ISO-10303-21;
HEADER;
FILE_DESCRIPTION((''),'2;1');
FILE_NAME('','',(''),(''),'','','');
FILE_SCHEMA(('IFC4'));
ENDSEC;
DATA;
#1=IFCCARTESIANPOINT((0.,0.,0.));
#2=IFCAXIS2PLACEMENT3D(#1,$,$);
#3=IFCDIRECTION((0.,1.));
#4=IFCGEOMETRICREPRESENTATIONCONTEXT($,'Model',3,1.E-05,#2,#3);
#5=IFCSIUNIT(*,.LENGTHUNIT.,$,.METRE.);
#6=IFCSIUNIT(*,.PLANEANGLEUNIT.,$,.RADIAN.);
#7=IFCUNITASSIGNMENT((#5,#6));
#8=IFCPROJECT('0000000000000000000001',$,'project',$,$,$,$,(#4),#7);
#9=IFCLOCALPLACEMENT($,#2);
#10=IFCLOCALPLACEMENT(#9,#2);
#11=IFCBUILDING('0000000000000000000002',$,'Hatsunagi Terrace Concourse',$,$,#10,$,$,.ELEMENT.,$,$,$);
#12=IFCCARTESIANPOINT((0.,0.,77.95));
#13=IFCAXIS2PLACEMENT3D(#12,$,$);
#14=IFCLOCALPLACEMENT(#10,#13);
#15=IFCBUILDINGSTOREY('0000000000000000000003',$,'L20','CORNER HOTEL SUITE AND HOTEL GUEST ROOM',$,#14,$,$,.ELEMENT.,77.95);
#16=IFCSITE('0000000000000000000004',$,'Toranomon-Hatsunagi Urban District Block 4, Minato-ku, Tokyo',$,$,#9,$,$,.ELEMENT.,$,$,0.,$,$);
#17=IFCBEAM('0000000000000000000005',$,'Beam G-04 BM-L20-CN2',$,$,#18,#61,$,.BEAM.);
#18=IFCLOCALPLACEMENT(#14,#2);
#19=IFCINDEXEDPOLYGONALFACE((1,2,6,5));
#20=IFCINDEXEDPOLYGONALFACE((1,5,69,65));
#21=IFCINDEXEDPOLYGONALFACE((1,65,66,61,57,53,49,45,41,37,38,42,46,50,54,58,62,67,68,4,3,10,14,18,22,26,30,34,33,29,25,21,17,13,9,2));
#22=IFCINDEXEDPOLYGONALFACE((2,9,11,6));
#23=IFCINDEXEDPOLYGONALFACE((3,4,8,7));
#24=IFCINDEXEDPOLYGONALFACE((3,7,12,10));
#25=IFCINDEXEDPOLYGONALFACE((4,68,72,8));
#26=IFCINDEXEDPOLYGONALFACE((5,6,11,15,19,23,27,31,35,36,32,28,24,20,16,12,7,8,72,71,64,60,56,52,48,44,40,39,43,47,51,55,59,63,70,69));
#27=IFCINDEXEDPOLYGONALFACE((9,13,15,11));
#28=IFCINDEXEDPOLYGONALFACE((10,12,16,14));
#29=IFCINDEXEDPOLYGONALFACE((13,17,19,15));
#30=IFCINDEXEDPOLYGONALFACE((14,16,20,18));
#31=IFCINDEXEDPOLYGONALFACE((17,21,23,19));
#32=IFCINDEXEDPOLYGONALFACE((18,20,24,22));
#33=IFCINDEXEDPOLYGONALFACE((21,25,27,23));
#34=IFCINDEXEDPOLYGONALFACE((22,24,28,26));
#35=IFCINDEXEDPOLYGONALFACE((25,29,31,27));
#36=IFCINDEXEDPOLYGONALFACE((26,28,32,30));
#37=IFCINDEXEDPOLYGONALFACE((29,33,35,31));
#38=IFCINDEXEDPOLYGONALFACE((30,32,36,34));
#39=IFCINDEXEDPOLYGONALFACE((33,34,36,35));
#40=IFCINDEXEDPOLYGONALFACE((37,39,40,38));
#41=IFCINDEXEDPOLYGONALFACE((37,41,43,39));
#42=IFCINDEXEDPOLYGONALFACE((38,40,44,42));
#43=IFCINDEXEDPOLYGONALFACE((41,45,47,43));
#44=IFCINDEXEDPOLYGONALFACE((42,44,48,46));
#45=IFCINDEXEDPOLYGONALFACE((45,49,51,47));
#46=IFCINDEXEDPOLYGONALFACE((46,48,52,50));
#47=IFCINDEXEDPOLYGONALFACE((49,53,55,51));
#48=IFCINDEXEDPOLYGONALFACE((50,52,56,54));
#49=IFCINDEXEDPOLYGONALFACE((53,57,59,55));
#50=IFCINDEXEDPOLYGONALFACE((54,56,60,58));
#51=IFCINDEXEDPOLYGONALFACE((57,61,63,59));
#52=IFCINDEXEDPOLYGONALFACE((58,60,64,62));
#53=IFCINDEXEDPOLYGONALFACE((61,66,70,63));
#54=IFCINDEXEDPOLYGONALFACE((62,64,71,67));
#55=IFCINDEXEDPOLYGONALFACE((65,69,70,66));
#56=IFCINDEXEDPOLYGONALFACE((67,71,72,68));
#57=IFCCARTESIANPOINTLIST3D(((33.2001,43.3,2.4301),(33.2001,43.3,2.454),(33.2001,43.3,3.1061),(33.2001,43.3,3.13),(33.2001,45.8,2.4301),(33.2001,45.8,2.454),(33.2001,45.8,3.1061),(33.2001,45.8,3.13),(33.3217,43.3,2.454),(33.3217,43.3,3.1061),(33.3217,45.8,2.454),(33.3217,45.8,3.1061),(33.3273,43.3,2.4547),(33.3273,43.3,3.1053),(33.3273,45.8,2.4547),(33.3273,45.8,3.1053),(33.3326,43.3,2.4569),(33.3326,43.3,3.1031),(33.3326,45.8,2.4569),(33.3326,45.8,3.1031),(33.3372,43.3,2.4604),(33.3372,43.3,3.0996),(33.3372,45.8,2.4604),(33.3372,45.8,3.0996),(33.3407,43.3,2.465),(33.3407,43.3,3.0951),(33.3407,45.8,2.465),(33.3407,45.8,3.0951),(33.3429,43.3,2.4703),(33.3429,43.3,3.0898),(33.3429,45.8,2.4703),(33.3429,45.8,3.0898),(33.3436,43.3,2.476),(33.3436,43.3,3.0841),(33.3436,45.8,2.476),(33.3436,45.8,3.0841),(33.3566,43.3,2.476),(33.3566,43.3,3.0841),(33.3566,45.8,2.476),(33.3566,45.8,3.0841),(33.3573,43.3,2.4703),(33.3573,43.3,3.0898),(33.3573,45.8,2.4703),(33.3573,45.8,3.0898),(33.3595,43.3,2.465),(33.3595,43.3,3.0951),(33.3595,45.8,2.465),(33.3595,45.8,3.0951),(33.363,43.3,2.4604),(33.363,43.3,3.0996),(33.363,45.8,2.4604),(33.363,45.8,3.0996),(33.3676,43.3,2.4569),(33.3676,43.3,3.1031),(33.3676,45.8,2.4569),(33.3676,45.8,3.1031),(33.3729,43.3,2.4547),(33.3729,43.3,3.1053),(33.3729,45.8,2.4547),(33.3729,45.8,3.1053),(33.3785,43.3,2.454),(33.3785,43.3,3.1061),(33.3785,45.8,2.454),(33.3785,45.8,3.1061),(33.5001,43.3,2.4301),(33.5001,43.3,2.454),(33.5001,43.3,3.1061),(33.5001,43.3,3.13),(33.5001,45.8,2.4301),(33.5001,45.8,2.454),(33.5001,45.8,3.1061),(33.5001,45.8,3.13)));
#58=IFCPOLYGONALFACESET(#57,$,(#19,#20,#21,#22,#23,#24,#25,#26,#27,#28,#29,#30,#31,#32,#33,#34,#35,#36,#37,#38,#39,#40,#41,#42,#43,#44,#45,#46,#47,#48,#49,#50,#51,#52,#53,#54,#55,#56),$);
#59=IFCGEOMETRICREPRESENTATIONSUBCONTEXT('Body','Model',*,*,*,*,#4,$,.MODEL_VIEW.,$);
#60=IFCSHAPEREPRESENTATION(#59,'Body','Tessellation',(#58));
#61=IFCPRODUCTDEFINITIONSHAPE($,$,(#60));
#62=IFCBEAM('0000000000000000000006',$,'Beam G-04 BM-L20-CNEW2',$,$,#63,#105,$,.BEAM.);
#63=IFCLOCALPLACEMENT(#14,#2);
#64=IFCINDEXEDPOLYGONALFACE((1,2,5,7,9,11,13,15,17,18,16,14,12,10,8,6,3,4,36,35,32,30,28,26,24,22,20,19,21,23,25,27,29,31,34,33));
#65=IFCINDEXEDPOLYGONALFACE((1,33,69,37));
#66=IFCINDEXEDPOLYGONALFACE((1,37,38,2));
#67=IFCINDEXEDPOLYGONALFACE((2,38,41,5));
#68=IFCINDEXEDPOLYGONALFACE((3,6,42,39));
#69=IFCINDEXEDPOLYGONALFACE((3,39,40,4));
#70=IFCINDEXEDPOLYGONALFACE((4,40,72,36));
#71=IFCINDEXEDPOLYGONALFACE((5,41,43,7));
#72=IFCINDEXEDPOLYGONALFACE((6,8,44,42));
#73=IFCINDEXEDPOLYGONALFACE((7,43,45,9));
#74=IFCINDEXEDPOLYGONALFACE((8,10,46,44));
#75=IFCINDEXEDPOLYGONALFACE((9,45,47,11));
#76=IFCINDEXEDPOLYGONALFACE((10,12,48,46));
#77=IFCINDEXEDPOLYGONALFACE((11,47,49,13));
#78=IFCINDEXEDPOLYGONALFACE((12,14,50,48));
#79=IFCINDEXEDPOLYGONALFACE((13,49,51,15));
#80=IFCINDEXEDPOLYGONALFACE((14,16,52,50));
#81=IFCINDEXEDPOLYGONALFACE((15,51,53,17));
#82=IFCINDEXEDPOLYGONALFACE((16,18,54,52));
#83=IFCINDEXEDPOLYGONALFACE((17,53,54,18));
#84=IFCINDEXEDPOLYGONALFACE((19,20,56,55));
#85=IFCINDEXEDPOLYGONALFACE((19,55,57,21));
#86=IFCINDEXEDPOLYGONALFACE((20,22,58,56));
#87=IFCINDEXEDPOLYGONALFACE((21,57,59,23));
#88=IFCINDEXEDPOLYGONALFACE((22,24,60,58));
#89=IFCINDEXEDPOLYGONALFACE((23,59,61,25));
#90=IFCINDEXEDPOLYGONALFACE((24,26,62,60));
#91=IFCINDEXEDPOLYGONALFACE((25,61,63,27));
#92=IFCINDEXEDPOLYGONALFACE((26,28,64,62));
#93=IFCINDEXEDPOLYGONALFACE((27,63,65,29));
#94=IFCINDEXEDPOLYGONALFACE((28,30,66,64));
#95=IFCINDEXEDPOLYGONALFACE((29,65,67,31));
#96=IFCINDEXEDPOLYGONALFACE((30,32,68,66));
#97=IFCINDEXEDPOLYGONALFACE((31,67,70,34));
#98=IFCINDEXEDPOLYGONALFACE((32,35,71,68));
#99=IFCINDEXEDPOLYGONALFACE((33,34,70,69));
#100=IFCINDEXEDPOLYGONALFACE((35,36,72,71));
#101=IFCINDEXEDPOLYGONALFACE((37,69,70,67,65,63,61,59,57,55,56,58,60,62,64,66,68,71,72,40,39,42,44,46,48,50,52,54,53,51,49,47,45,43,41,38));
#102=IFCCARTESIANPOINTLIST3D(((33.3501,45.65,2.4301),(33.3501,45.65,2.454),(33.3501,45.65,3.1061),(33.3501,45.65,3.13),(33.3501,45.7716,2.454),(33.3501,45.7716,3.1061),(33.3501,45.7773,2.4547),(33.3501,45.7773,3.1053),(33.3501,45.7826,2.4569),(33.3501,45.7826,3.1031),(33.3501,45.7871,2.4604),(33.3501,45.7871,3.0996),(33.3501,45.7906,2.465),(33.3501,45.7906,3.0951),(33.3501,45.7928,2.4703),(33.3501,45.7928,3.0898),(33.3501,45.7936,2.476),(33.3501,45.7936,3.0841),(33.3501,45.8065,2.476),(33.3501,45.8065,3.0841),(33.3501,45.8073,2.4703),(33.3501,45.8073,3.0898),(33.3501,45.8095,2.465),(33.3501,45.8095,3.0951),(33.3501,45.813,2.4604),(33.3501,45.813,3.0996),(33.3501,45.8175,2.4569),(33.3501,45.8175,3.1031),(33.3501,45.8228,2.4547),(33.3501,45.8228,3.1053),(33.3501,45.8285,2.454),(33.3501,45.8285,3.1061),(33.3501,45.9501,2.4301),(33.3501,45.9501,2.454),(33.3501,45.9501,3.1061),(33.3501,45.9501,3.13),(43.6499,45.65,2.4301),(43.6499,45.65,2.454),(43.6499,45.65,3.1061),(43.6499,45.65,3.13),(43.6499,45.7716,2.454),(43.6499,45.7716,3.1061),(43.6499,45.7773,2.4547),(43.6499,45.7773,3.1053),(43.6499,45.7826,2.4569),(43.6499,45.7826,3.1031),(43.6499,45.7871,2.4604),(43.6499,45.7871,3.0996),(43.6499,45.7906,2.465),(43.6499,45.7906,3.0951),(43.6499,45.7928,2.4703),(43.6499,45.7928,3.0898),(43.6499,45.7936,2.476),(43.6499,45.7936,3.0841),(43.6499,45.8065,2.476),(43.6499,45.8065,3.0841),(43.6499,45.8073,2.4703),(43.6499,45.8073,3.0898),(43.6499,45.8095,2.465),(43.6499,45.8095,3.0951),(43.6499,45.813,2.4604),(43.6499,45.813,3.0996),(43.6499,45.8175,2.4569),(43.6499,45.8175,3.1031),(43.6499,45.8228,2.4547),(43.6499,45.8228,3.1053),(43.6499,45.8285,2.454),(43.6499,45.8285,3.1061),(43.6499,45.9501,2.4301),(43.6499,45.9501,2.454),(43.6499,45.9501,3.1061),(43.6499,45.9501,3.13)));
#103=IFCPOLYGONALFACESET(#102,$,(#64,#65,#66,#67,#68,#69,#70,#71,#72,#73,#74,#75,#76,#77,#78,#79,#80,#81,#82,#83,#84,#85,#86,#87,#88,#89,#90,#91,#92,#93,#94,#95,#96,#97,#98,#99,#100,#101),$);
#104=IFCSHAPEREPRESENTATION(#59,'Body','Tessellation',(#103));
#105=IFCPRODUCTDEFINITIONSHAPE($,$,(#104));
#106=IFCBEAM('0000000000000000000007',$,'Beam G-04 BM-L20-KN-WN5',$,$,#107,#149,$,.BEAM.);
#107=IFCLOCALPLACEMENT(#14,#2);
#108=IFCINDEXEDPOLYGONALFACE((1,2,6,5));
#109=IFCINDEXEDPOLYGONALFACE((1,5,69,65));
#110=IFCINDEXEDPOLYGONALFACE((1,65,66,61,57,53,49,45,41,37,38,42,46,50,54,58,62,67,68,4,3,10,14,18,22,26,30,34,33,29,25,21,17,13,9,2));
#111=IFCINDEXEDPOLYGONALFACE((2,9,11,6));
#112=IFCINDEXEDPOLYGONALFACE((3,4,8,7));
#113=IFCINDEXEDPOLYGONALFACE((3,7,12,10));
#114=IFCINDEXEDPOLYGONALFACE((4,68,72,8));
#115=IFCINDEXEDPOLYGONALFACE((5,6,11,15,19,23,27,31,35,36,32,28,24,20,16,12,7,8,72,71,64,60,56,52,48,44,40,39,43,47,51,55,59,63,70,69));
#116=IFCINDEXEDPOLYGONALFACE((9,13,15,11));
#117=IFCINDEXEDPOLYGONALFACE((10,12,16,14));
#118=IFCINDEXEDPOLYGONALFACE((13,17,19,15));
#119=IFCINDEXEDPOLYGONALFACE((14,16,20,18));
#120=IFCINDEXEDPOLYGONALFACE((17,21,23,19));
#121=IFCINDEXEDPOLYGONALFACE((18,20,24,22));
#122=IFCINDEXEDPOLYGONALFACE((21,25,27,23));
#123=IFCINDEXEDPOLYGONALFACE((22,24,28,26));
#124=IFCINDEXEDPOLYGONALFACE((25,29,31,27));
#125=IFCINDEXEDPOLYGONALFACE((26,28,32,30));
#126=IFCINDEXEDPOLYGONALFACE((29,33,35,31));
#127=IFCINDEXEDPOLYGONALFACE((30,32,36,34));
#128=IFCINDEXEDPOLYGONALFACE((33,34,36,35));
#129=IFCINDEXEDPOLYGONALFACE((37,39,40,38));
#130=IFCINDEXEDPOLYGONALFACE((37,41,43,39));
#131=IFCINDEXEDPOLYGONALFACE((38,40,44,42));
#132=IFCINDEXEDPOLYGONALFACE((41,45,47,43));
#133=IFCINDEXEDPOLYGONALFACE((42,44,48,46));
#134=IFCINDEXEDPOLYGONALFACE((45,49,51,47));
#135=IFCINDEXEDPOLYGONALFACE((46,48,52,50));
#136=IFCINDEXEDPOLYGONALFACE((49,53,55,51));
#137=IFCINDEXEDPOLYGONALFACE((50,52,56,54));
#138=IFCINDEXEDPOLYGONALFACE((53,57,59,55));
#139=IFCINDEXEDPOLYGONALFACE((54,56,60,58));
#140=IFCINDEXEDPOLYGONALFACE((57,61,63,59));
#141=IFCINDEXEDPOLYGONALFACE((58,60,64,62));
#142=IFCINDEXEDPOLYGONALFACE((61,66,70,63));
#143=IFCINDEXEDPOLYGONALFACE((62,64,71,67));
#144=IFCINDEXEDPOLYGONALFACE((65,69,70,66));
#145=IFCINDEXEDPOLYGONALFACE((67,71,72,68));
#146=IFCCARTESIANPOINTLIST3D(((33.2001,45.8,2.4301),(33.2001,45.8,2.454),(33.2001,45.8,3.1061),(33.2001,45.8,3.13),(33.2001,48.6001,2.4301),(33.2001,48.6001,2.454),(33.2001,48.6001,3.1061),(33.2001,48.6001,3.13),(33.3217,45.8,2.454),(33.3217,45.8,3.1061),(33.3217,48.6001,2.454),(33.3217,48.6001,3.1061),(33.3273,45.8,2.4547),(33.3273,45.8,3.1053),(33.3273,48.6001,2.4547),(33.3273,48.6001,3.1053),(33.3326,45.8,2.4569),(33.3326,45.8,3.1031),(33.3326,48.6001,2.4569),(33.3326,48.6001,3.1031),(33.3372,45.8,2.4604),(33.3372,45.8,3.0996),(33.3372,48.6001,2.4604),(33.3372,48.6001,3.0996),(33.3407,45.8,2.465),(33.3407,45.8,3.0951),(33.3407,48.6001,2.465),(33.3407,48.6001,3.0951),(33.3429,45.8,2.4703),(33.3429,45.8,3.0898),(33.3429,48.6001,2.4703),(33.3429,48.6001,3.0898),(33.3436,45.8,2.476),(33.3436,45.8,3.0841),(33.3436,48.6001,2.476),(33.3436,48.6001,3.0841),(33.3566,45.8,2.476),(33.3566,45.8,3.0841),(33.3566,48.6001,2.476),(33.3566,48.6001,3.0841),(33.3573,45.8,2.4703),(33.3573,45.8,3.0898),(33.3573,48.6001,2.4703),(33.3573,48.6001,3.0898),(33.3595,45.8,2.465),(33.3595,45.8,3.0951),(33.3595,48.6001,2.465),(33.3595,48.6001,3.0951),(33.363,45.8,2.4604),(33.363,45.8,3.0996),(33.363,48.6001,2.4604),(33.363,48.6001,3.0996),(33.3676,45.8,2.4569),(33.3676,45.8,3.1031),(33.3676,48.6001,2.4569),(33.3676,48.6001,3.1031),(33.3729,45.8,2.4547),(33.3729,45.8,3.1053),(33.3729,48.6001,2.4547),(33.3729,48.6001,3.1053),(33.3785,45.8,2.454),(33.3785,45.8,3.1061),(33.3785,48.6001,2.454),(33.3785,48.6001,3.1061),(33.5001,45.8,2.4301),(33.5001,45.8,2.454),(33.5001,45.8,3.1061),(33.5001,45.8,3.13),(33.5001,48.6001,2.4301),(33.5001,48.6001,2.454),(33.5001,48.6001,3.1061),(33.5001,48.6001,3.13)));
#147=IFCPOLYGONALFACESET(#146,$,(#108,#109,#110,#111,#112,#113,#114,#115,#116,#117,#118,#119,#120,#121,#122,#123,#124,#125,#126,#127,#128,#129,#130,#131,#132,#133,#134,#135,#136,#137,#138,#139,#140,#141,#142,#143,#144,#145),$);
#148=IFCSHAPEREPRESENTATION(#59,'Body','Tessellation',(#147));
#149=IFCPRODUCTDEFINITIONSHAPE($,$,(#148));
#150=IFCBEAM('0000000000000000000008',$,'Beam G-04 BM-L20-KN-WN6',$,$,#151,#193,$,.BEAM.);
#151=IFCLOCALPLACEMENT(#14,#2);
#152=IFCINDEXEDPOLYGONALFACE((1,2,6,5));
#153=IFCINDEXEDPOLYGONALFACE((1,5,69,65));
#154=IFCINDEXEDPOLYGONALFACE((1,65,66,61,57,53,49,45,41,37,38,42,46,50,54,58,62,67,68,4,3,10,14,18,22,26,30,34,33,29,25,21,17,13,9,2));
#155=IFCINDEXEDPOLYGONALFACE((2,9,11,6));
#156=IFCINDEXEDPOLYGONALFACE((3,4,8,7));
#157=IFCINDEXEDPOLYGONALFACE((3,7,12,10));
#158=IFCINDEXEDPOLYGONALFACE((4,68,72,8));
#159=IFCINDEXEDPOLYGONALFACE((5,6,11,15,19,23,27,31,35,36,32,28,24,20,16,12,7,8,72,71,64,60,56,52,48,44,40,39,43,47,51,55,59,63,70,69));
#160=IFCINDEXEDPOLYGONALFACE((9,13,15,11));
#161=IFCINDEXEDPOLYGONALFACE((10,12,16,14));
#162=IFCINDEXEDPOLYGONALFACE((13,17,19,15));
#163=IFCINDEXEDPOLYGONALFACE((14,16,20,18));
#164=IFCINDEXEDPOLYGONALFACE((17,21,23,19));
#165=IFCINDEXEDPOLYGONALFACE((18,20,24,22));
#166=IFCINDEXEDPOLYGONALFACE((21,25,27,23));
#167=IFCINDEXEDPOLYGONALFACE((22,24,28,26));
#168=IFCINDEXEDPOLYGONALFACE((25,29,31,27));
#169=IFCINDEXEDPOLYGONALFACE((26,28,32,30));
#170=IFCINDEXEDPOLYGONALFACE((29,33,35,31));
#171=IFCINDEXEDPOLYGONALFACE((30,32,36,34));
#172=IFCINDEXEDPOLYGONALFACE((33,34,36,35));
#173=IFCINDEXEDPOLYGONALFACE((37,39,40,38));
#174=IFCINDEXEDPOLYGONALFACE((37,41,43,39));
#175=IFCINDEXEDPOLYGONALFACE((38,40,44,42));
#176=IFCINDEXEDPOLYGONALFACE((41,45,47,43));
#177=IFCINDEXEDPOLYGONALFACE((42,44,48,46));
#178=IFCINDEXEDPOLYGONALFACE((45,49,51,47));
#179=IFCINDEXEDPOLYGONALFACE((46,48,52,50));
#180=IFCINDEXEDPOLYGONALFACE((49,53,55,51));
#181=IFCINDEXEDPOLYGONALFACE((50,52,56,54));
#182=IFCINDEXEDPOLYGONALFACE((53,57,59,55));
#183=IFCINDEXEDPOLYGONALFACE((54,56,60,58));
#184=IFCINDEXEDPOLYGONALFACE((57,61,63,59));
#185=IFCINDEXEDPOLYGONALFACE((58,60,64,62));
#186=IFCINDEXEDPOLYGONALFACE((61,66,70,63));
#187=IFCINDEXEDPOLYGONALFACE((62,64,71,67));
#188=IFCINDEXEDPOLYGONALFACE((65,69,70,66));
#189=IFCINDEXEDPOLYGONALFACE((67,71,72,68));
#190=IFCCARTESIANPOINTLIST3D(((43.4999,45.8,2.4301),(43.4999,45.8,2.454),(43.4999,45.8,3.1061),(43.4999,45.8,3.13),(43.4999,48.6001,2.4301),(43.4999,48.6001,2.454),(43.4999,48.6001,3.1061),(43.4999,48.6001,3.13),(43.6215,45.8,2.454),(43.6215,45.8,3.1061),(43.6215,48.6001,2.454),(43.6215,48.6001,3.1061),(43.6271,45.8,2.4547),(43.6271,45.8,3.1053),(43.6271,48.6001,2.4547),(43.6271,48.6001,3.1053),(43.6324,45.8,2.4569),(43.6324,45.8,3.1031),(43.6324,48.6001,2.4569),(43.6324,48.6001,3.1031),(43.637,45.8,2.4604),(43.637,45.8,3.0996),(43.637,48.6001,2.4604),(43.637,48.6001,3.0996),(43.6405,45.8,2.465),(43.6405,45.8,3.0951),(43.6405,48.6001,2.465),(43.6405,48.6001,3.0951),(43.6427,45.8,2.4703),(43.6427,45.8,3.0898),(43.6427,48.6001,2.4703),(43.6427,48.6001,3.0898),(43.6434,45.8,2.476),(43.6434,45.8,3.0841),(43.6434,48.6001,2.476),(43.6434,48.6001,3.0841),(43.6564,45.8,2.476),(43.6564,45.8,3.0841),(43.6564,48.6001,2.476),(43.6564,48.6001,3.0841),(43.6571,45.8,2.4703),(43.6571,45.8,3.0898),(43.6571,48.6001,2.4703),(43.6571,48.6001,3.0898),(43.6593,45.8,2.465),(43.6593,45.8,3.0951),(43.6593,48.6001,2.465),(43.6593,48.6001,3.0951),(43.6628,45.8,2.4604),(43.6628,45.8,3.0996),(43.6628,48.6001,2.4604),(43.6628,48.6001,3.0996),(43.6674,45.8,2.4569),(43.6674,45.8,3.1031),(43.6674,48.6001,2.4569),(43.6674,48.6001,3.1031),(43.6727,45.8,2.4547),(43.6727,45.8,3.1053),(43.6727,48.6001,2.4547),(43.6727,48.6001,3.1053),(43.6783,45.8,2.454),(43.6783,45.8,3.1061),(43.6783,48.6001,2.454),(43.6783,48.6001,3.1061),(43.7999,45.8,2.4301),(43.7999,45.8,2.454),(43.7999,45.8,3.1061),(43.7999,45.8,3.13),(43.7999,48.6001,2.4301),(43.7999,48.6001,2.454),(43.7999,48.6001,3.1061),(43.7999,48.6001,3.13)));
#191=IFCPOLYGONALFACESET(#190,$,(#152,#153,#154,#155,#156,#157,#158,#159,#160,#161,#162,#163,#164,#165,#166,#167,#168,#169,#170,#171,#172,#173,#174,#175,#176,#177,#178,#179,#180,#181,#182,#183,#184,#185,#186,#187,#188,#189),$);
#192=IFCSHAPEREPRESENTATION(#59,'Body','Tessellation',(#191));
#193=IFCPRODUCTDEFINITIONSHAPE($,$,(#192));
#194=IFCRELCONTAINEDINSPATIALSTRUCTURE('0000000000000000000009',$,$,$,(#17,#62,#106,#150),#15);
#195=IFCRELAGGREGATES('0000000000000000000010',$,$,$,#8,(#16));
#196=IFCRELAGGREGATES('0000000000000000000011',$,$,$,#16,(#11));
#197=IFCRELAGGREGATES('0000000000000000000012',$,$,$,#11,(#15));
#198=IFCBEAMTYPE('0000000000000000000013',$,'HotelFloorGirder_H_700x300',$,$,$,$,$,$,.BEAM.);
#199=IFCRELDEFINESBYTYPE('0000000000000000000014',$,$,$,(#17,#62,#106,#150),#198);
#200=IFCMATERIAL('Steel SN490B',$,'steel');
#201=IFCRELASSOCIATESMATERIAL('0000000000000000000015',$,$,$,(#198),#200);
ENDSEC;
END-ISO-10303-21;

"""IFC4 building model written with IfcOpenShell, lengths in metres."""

from ifc_helpers import new_model, si_unit, direction, frame, origin, origin_2d, place, context, subcontext, project, spatial, i_section, extrude, material, material_profile, profile_set, type_object, element, save


model = new_model("IFC4")

# Units and contexts
model_context = context("Model", 3, precision=1e-05, world=origin(), true_north=direction((0.0, 1.0)))
body_context = subcontext(model_context, "Body", "Model", "MODEL_VIEW")
ifc_project = project(units=[si_unit("LENGTHUNIT", "METRE"), si_unit("PLANEANGLEUNIT", "RADIAN")], contexts=[model_context])

# Site, building, storey
site_placement = place(None, origin())
site = spatial("IfcSite", under=ifc_project, at=site_placement, Name="Toranomon-Hatsunagi Urban District Block 4, Minato-ku, Tokyo", CompositionType="ELEMENT", RefElevation=0.0)
building_placement = place(site_placement, origin())
building = spatial("IfcBuilding", under=site, at=building_placement, Name="Hatsunagi Terrace Concourse", CompositionType="ELEMENT")
storey_placement = place(building_placement, frame((0.0, 0.0, 77.95)))
storey = spatial("IfcBuildingStorey", under=building, at=storey_placement, Name="L20", Description="CORNER HOTEL SUITE AND HOTEL GUEST ROOM", CompositionType="ELEMENT", Elevation=77.95)

# Beams
ifc_material_1 = material(Name="Steel SN490B", Category="steel")
ifc_material_profile_1 = material_profile(ifc_material_1, i_section(OverallWidth=0.3, OverallDepth=0.7, WebThickness=0.0129, FlangeThickness=0.0239, FilletRadius=0.022, at=origin_2d()), Name="H-700x300x13x24")
ifc_profile_set_1 = profile_set([ifc_material_profile_1], Name="Steel SN490B")
beam_type_1 = type_object("IfcBeamType", Name="HotelFloorGirder_H_700x300", PredefinedType="BEAM", material=ifc_profile_set_1)
beam_1_placement = place(storey_placement, frame((33.3501, 43.3, 2.78), z_axis=(0.0, 1.0, 0.0), x_axis=(-1.0, 0.0, 0.0)))
element("IfcBeam", 1, at=beam_1_placement, inside=storey, type_object=beam_type_1, Name="Beam G-04 BM-L20-CN2", PredefinedType="BEAM", context=body_context, shape_type="SweptSolid", body=[
    extrude(i_section(OverallWidth=0.3, OverallDepth=0.7, WebThickness=0.0129, FlangeThickness=0.0239, FilletRadius=0.022, at=origin_2d()), origin(), (0.0, 0.0, 1.0), 2.5),
])
beam_2_placement = place(storey_placement, frame((33.3501, 45.8, 2.78), z_axis=(1.0, 0.0, 0.0), x_axis=(0.0, 1.0, 0.0)))
element("IfcBeam", 2, at=beam_2_placement, inside=storey, type_object=beam_type_1, Name="Beam G-04 BM-L20-CNEW2", PredefinedType="BEAM", context=body_context, shape_type="SweptSolid", body=[
    extrude(i_section(OverallWidth=0.3, OverallDepth=0.7, WebThickness=0.0129, FlangeThickness=0.0239, FilletRadius=0.022, at=origin_2d()), origin(), (0.0, 0.0, 1.0), 10.2998),
])
for number, where, z_axis, x_axis, name in (
    (3, (33.3501, 45.8, 2.78), (0.0, 1.0, 0.0), (-1.0, 0.0, 0.0), "Beam G-04 BM-L20-KN-WN5"),
    (4, (43.6499, 45.8, 2.78), (0.0, 1.0, 0.0), (-1.0, 0.0, 0.0), "Beam G-04 BM-L20-KN-WN6"),
):
    element("IfcBeam", number, at=place(storey_placement, frame(where, z_axis=z_axis, x_axis=x_axis)), inside=storey, type_object=beam_type_1, Name=name, PredefinedType="BEAM", context=body_context, shape_type="SweptSolid", body=[
        extrude(i_section(OverallWidth=0.3, OverallDepth=0.7, WebThickness=0.0129, FlangeThickness=0.0239, FilletRadius=0.022, at=origin_2d()), origin(), (0.0, 0.0, 1.0), 2.8),
    ])

save(model, "model.ifc")
